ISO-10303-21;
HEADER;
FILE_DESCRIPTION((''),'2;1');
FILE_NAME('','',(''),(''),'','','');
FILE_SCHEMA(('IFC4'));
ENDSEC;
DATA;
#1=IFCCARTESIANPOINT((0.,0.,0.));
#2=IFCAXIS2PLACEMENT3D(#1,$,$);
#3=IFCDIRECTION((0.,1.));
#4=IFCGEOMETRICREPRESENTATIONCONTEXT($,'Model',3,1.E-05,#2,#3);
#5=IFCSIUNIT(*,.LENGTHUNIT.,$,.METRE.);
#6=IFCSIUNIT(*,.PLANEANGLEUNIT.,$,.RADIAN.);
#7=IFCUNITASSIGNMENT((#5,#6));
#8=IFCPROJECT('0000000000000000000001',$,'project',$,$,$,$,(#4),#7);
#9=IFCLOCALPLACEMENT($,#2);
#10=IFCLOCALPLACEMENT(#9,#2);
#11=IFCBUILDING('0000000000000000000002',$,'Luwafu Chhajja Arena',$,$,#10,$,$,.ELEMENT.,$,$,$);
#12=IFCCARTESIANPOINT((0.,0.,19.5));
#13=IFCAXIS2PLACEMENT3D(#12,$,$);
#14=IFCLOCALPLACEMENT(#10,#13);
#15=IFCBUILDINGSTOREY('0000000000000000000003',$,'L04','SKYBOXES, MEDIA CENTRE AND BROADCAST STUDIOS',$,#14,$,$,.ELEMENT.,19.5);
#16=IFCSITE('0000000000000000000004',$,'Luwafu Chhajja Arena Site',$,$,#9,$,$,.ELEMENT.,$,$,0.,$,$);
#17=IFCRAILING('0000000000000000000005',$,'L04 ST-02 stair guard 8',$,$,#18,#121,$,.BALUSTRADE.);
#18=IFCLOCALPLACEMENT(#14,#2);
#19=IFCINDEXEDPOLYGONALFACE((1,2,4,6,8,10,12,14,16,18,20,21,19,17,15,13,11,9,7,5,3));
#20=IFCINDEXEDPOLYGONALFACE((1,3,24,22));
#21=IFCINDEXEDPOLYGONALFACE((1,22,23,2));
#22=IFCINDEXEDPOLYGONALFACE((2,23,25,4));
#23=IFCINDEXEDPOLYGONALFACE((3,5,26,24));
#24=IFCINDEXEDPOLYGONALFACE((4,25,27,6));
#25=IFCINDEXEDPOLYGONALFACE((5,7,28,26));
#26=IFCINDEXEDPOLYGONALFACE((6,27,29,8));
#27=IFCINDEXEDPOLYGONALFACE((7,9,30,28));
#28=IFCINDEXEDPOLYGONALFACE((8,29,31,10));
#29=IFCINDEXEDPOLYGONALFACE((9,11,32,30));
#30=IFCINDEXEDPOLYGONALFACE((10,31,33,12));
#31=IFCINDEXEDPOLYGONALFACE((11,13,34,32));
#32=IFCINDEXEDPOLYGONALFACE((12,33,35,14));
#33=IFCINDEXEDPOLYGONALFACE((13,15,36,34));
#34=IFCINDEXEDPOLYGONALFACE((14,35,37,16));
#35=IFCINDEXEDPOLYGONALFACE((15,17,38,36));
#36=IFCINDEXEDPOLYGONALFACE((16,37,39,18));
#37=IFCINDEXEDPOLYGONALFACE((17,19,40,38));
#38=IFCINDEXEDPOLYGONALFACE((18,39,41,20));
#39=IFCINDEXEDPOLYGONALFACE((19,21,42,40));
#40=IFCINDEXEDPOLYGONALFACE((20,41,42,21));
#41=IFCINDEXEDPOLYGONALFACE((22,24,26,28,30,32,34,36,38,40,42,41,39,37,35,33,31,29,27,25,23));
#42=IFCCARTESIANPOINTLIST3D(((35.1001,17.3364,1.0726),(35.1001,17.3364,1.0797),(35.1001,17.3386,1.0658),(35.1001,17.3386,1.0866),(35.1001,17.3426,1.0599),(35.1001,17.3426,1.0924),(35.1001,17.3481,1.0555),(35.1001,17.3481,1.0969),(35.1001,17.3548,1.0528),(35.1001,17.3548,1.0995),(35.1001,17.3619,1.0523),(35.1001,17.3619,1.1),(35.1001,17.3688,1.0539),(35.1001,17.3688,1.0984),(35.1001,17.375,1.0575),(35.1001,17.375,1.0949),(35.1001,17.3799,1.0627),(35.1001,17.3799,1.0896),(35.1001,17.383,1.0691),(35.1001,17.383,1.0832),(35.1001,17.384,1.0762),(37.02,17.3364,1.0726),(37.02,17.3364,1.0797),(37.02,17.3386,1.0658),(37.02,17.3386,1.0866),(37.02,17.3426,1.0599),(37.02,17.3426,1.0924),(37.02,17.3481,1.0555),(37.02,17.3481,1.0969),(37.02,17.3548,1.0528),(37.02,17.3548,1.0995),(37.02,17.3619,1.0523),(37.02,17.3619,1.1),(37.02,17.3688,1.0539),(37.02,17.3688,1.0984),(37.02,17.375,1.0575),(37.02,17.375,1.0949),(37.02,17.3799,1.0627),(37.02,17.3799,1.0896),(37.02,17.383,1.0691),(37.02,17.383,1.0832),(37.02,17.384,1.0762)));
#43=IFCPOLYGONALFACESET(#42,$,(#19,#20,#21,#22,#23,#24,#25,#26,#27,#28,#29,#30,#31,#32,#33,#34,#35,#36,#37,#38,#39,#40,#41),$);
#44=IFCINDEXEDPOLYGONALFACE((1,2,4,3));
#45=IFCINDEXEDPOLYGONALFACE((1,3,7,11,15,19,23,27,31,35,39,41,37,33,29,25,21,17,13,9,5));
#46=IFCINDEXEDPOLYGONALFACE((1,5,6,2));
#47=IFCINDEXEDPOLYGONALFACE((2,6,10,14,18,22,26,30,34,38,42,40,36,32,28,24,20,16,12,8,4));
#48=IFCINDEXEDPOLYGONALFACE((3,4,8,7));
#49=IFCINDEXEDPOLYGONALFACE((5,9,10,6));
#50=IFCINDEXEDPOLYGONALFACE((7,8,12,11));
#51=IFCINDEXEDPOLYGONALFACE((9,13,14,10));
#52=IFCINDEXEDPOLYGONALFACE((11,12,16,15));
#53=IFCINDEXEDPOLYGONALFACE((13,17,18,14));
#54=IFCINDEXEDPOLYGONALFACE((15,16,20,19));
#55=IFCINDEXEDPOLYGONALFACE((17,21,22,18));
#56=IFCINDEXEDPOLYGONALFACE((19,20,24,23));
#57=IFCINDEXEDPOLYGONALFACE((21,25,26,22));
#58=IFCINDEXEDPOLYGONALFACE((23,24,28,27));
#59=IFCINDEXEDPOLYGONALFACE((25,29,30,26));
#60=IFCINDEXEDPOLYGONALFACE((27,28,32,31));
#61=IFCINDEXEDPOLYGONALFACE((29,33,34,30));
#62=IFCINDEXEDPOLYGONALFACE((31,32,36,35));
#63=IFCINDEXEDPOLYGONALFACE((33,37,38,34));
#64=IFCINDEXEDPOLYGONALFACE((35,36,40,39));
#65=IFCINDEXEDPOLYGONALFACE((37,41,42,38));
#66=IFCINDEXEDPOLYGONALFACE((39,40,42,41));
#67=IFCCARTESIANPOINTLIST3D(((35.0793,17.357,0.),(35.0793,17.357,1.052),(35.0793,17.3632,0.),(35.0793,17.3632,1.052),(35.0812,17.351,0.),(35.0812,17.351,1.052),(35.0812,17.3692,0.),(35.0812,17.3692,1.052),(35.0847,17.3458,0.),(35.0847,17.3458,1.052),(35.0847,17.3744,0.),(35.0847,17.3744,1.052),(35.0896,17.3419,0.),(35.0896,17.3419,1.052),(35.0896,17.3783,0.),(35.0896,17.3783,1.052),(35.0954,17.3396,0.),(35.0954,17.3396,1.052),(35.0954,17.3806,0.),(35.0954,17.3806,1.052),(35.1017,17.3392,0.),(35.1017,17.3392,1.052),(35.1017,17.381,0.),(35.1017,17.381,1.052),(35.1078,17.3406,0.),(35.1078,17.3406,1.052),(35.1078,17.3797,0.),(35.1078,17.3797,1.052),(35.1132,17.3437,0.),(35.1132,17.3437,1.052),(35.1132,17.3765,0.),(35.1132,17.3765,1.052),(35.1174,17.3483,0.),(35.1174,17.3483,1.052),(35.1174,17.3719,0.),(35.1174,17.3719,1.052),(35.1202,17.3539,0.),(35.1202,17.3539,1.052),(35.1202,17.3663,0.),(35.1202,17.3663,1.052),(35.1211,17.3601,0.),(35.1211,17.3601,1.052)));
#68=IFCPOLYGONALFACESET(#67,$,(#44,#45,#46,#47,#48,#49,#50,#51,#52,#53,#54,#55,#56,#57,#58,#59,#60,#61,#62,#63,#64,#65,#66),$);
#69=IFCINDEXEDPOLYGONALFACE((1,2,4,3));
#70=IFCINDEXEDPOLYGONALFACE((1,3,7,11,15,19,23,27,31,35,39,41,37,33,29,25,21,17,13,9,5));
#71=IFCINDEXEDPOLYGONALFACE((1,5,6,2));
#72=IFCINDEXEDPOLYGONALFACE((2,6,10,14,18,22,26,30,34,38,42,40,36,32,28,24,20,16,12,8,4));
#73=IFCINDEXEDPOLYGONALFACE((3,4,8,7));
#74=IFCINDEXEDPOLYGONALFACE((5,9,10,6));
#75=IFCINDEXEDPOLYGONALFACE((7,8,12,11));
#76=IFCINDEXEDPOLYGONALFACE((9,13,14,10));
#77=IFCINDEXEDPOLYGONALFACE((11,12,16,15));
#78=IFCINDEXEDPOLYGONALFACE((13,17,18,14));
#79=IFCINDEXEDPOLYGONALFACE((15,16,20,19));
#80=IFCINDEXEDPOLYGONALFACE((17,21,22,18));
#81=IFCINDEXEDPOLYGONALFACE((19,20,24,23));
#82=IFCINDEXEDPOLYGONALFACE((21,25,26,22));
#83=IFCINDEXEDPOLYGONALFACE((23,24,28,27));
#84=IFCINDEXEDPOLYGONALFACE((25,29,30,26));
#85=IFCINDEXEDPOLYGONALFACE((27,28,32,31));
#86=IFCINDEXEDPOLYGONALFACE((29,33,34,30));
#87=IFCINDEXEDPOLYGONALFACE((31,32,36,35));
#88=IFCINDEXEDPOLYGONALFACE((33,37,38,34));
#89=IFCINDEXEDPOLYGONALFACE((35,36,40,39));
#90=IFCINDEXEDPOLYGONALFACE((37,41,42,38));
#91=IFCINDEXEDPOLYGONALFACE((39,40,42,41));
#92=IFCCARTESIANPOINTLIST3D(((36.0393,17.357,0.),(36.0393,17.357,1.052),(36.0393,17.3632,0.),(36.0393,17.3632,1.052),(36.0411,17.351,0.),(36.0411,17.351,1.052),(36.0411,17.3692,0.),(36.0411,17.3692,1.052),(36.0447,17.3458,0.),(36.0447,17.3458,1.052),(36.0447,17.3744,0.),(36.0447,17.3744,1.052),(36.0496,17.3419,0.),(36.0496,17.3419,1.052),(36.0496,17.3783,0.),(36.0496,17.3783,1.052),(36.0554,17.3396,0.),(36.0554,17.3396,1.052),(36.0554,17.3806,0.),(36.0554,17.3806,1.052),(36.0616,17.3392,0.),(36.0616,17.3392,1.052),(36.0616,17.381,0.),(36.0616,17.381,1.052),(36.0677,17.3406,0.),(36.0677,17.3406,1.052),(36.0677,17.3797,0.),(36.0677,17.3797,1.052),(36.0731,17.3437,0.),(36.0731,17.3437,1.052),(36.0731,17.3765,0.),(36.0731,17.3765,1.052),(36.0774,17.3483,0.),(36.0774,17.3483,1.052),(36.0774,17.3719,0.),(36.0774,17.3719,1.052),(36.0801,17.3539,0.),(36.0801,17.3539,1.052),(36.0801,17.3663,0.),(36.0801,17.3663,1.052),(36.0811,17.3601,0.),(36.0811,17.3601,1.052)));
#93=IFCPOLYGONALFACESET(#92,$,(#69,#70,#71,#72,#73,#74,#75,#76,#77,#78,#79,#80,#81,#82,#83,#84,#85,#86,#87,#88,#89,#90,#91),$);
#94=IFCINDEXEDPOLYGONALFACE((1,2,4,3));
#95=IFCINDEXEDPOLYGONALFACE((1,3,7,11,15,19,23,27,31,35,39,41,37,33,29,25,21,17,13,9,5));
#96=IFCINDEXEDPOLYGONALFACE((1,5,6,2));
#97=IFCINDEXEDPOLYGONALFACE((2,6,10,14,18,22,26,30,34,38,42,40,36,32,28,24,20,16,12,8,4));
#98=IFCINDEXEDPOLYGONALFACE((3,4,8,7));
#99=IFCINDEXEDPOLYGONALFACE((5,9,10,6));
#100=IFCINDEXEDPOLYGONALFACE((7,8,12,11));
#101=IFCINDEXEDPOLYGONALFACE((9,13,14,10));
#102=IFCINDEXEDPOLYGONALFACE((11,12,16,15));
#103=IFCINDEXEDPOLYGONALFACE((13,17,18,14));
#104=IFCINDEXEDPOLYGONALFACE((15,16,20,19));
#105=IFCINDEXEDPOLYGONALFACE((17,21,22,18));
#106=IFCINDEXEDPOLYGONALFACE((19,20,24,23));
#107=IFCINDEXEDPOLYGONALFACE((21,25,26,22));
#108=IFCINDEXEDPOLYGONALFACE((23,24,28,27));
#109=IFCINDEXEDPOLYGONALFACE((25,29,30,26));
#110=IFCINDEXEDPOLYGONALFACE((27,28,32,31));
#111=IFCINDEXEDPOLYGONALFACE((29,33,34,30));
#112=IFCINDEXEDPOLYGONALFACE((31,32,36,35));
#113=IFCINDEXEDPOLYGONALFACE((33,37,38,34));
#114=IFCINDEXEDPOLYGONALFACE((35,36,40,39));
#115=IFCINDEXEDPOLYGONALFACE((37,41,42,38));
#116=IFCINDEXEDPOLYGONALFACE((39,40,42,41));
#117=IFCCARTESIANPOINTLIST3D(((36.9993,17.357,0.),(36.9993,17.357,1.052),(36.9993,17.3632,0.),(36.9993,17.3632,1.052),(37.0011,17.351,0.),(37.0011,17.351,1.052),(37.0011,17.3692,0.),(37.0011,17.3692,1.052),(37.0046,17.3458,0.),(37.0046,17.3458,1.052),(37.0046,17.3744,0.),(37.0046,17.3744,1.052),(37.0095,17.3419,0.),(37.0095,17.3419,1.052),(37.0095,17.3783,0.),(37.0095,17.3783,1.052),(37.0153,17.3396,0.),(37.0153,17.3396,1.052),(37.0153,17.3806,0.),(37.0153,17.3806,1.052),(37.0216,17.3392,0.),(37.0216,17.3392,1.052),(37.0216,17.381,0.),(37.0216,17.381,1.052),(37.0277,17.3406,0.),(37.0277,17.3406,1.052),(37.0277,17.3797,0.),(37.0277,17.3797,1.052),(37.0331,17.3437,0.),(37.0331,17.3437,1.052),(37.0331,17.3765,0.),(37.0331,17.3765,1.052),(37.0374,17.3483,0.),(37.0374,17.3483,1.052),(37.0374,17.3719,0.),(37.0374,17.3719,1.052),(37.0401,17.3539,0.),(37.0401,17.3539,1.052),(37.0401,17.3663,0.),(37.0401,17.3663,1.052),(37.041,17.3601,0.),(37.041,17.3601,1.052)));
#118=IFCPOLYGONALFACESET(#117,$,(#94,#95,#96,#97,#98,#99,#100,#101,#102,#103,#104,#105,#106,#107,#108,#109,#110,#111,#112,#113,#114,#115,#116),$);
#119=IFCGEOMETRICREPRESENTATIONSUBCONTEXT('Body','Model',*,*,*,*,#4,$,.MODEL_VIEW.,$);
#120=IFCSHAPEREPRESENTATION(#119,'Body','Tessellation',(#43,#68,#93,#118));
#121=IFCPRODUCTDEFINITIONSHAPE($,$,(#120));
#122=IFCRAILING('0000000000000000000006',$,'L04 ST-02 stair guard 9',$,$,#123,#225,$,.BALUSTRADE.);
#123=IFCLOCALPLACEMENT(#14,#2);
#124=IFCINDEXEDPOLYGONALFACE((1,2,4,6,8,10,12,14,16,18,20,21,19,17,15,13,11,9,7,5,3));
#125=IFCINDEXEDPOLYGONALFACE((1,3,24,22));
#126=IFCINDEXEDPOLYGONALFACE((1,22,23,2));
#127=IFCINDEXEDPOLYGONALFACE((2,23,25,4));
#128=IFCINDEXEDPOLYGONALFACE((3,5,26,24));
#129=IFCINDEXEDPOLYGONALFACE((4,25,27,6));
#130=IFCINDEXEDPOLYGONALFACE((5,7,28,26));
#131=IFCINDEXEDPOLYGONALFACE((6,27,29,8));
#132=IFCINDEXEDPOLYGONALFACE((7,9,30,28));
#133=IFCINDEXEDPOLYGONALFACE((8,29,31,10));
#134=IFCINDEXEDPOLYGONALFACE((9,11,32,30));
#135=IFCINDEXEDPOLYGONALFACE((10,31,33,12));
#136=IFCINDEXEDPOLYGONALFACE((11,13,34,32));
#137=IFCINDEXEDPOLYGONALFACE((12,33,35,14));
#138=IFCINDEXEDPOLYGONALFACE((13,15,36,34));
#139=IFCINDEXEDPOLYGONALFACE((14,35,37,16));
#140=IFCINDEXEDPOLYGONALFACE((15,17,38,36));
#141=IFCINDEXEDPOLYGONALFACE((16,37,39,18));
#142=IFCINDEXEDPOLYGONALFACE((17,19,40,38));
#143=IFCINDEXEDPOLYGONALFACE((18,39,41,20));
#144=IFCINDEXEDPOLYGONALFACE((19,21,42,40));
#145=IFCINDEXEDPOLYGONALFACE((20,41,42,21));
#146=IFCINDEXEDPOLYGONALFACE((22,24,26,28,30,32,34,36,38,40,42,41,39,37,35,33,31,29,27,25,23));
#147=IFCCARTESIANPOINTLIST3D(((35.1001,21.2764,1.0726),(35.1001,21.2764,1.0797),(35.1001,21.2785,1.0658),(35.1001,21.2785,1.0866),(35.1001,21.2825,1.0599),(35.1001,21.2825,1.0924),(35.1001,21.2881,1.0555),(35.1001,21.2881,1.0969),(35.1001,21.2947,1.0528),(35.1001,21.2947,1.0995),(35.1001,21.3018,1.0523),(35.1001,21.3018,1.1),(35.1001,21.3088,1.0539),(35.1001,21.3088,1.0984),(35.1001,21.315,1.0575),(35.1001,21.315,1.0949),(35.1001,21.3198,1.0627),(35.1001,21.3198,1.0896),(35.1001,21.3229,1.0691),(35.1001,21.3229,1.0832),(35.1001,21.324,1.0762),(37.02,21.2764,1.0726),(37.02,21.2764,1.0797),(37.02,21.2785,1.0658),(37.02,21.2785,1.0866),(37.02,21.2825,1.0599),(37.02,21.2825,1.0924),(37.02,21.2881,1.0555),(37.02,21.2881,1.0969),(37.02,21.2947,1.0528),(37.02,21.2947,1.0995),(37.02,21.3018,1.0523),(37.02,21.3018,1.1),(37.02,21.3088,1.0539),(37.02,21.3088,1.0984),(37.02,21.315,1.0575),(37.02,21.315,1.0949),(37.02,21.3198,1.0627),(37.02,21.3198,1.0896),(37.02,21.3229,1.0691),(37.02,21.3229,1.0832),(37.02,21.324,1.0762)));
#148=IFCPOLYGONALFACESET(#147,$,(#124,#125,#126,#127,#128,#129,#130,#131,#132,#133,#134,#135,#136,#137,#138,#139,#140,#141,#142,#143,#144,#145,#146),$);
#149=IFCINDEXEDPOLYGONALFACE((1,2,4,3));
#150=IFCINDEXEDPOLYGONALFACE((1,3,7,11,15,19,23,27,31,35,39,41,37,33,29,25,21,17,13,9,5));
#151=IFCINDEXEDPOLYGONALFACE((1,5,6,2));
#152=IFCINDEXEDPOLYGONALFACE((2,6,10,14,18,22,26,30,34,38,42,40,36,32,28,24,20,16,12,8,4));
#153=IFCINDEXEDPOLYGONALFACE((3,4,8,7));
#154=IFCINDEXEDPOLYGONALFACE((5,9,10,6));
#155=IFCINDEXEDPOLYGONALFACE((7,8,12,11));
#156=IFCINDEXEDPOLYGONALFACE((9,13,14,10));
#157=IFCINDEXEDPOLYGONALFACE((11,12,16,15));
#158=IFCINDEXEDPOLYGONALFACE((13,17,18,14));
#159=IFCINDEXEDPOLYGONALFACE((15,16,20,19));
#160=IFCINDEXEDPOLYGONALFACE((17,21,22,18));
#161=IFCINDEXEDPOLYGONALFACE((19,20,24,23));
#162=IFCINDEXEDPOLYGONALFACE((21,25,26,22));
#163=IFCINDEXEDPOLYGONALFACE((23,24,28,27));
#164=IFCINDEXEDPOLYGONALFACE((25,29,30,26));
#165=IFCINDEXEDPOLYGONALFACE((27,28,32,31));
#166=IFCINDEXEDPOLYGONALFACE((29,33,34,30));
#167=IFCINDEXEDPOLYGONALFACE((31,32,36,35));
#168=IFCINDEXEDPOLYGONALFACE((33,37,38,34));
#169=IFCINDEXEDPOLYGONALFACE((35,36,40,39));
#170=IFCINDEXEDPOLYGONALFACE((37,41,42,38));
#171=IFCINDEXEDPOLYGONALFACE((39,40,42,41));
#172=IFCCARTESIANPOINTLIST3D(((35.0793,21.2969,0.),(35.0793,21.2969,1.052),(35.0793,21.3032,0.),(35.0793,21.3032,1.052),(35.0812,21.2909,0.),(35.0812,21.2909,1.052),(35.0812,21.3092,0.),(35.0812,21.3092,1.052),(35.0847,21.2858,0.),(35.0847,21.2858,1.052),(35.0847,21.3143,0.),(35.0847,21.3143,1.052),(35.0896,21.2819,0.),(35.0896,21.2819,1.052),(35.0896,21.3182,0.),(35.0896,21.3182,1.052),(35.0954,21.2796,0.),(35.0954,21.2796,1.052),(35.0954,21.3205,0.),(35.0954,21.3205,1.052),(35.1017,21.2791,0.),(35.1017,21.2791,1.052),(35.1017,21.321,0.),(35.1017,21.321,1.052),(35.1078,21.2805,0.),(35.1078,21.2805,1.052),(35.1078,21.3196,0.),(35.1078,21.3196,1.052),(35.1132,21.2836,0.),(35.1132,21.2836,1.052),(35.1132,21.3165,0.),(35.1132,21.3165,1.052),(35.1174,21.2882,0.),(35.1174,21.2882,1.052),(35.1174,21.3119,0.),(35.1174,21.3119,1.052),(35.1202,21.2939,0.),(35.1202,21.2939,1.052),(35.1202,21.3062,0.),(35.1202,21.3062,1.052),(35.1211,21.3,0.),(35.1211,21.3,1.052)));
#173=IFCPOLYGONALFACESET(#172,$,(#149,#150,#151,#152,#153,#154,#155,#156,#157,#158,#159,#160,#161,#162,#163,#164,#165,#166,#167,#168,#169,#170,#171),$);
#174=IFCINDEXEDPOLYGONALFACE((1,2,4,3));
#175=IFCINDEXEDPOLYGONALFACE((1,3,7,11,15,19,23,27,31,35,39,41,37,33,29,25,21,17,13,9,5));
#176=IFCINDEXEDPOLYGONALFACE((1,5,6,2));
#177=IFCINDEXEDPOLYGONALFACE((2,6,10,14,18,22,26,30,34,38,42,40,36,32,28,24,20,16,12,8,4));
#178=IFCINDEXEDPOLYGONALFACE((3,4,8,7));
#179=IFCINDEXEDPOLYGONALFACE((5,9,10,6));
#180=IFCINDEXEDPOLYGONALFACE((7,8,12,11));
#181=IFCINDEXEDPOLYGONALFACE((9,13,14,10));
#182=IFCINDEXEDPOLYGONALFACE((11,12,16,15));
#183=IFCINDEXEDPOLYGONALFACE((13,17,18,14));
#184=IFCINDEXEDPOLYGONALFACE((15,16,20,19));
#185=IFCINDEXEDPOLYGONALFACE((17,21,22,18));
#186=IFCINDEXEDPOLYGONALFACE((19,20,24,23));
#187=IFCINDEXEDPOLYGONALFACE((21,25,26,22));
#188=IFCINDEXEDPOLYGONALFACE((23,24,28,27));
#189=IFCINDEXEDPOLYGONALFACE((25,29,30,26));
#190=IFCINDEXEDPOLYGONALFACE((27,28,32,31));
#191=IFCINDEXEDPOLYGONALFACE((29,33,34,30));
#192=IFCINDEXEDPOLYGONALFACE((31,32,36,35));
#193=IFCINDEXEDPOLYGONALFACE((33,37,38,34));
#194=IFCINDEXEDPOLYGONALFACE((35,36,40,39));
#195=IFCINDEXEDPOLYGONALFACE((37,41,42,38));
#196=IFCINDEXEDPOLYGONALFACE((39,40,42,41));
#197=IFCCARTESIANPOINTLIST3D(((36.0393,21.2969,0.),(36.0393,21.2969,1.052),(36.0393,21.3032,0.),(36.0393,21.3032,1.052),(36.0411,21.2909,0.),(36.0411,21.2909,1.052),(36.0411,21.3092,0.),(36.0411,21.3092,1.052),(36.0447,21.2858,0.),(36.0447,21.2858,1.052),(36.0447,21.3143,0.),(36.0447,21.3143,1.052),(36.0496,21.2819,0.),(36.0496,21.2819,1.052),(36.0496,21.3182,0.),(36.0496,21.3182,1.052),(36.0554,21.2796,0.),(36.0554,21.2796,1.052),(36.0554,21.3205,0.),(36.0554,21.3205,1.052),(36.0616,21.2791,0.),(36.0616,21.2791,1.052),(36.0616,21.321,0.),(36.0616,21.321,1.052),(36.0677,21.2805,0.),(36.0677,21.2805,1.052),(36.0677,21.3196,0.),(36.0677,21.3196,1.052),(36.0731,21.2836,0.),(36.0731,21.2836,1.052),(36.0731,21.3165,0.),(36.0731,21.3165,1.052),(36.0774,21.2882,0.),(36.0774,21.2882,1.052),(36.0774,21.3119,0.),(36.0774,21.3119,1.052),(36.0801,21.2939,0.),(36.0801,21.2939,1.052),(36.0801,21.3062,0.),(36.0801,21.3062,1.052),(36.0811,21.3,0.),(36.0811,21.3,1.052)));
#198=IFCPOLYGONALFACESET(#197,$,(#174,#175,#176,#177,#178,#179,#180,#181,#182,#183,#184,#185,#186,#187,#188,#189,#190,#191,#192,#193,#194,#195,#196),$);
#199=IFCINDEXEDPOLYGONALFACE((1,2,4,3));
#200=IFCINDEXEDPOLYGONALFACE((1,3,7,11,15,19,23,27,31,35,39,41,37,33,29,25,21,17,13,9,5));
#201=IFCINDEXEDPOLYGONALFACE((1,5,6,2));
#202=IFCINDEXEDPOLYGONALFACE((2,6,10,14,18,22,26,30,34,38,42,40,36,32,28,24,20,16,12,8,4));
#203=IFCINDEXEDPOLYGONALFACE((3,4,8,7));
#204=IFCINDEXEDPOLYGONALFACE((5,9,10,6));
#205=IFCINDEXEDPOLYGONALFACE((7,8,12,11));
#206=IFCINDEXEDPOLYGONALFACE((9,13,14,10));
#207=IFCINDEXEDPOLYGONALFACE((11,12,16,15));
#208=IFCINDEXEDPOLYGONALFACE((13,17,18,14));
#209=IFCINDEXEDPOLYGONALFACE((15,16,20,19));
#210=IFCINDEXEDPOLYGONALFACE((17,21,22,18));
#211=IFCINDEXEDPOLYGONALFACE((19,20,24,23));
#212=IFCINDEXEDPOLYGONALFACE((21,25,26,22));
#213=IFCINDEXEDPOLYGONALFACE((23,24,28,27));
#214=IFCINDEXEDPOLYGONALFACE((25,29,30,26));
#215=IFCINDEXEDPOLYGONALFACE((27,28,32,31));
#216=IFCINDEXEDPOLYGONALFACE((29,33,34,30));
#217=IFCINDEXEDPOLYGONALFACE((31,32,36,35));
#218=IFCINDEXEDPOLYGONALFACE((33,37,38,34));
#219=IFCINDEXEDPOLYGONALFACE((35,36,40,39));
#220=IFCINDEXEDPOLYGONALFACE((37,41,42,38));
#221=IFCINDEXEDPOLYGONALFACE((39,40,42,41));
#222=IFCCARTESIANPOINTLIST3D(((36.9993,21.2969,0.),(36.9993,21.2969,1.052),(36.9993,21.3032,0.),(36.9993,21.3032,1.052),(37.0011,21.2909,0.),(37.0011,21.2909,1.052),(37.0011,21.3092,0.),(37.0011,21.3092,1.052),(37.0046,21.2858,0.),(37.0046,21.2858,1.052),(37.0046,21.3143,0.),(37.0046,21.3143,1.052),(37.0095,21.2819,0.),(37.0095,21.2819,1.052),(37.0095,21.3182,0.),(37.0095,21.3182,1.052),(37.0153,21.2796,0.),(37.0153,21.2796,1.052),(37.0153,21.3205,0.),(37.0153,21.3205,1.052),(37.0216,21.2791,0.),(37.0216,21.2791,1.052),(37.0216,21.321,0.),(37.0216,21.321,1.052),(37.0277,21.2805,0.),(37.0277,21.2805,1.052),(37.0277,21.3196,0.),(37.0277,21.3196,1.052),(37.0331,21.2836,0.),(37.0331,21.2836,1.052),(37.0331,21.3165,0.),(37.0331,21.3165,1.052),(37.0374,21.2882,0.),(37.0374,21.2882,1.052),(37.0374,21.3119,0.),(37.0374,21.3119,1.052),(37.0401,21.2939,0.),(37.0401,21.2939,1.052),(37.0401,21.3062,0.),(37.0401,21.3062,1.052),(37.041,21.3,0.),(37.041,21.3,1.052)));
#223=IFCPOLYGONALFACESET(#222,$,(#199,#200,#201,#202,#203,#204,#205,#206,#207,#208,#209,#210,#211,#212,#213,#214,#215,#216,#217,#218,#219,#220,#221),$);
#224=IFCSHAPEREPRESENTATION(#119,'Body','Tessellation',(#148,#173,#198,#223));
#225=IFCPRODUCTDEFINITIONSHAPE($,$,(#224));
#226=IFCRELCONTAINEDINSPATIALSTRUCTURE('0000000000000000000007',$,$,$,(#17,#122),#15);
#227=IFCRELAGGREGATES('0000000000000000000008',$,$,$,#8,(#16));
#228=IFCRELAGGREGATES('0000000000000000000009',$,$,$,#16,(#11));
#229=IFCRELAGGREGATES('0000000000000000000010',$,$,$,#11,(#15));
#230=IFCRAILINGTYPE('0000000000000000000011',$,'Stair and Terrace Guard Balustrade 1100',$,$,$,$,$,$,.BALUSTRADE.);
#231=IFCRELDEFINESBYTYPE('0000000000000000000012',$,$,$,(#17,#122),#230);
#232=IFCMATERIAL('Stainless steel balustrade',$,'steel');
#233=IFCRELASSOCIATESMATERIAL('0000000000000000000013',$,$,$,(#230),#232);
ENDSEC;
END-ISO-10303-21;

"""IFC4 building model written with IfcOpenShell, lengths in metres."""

from ifc_helpers import new_model, si_unit, direction, frame, origin, origin_2d, place, context, subcontext, project, spatial, circle, extrude, material, type_object, element, save


model = new_model("IFC4")

# Units and contexts
model_context = context("Model", 3, precision=1e-05, world=origin(), true_north=direction((0.0, 1.0)))
body_context = subcontext(model_context, "Body", "Model", "MODEL_VIEW")
ifc_project = project(units=[si_unit("LENGTHUNIT", "METRE"), si_unit("PLANEANGLEUNIT", "RADIAN")], contexts=[model_context])

# Site, building, storey
site_placement = place(None, origin())
site = spatial("IfcSite", under=ifc_project, at=site_placement, Name="Luwafu Chhajja Arena Site", CompositionType="ELEMENT", RefElevation=0.0)
building_placement = place(site_placement, origin())
building = spatial("IfcBuilding", under=site, at=building_placement, Name="Luwafu Chhajja Arena", CompositionType="ELEMENT")
storey_placement = place(building_placement, frame((0.0, 0.0, 19.5)))
storey = spatial("IfcBuildingStorey", under=building, at=storey_placement, Name="L04", Description="SKYBOXES, MEDIA CENTRE AND BROADCAST STUDIOS", CompositionType="ELEMENT", Elevation=19.5)

# Railings
ifc_material_1 = material(Name="Stainless steel balustrade", Category="steel")
railing_type = type_object("IfcRailingType", Name="Stair and Terrace Guard Balustrade 1100", PredefinedType="BALUSTRADE", material=ifc_material_1)
for number, where, name in (
    (1, (35.1001, 17.3601, 0.0), "L04 ST-02 stair guard 8"),
    (2, (35.1001, 21.3, 0.0), "L04 ST-02 stair guard 9"),
):
    element("IfcRailing", number, at=place(storey_placement, frame(where)), inside=storey, type_object=railing_type, Name=name, PredefinedType="BALUSTRADE", context=body_context, shape_type="SweptSolid", body=[
        extrude(circle(Radius=0.0239, at=origin_2d()), frame((0.0, 0.0, 1.0762), z_axis=(1.0, 0.0, 0.0), x_axis=(0.0, 1.0, 0.0)), (0.0, 0.0, 1.0), 1.9199),
        extrude(circle(Radius=0.021, at=origin_2d()), origin(), (0.0, 0.0, 1.0), 1.052),
        extrude(circle(Radius=0.021, at=origin_2d()), frame((0.96, 0.0, 0.0)), (0.0, 0.0, 1.0), 1.052),
        extrude(circle(Radius=0.021, at=origin_2d()), frame((1.9199, 0.0, 0.0)), (0.0, 0.0, 1.0), 1.052),
    ])

save(model, "model.ifc")
